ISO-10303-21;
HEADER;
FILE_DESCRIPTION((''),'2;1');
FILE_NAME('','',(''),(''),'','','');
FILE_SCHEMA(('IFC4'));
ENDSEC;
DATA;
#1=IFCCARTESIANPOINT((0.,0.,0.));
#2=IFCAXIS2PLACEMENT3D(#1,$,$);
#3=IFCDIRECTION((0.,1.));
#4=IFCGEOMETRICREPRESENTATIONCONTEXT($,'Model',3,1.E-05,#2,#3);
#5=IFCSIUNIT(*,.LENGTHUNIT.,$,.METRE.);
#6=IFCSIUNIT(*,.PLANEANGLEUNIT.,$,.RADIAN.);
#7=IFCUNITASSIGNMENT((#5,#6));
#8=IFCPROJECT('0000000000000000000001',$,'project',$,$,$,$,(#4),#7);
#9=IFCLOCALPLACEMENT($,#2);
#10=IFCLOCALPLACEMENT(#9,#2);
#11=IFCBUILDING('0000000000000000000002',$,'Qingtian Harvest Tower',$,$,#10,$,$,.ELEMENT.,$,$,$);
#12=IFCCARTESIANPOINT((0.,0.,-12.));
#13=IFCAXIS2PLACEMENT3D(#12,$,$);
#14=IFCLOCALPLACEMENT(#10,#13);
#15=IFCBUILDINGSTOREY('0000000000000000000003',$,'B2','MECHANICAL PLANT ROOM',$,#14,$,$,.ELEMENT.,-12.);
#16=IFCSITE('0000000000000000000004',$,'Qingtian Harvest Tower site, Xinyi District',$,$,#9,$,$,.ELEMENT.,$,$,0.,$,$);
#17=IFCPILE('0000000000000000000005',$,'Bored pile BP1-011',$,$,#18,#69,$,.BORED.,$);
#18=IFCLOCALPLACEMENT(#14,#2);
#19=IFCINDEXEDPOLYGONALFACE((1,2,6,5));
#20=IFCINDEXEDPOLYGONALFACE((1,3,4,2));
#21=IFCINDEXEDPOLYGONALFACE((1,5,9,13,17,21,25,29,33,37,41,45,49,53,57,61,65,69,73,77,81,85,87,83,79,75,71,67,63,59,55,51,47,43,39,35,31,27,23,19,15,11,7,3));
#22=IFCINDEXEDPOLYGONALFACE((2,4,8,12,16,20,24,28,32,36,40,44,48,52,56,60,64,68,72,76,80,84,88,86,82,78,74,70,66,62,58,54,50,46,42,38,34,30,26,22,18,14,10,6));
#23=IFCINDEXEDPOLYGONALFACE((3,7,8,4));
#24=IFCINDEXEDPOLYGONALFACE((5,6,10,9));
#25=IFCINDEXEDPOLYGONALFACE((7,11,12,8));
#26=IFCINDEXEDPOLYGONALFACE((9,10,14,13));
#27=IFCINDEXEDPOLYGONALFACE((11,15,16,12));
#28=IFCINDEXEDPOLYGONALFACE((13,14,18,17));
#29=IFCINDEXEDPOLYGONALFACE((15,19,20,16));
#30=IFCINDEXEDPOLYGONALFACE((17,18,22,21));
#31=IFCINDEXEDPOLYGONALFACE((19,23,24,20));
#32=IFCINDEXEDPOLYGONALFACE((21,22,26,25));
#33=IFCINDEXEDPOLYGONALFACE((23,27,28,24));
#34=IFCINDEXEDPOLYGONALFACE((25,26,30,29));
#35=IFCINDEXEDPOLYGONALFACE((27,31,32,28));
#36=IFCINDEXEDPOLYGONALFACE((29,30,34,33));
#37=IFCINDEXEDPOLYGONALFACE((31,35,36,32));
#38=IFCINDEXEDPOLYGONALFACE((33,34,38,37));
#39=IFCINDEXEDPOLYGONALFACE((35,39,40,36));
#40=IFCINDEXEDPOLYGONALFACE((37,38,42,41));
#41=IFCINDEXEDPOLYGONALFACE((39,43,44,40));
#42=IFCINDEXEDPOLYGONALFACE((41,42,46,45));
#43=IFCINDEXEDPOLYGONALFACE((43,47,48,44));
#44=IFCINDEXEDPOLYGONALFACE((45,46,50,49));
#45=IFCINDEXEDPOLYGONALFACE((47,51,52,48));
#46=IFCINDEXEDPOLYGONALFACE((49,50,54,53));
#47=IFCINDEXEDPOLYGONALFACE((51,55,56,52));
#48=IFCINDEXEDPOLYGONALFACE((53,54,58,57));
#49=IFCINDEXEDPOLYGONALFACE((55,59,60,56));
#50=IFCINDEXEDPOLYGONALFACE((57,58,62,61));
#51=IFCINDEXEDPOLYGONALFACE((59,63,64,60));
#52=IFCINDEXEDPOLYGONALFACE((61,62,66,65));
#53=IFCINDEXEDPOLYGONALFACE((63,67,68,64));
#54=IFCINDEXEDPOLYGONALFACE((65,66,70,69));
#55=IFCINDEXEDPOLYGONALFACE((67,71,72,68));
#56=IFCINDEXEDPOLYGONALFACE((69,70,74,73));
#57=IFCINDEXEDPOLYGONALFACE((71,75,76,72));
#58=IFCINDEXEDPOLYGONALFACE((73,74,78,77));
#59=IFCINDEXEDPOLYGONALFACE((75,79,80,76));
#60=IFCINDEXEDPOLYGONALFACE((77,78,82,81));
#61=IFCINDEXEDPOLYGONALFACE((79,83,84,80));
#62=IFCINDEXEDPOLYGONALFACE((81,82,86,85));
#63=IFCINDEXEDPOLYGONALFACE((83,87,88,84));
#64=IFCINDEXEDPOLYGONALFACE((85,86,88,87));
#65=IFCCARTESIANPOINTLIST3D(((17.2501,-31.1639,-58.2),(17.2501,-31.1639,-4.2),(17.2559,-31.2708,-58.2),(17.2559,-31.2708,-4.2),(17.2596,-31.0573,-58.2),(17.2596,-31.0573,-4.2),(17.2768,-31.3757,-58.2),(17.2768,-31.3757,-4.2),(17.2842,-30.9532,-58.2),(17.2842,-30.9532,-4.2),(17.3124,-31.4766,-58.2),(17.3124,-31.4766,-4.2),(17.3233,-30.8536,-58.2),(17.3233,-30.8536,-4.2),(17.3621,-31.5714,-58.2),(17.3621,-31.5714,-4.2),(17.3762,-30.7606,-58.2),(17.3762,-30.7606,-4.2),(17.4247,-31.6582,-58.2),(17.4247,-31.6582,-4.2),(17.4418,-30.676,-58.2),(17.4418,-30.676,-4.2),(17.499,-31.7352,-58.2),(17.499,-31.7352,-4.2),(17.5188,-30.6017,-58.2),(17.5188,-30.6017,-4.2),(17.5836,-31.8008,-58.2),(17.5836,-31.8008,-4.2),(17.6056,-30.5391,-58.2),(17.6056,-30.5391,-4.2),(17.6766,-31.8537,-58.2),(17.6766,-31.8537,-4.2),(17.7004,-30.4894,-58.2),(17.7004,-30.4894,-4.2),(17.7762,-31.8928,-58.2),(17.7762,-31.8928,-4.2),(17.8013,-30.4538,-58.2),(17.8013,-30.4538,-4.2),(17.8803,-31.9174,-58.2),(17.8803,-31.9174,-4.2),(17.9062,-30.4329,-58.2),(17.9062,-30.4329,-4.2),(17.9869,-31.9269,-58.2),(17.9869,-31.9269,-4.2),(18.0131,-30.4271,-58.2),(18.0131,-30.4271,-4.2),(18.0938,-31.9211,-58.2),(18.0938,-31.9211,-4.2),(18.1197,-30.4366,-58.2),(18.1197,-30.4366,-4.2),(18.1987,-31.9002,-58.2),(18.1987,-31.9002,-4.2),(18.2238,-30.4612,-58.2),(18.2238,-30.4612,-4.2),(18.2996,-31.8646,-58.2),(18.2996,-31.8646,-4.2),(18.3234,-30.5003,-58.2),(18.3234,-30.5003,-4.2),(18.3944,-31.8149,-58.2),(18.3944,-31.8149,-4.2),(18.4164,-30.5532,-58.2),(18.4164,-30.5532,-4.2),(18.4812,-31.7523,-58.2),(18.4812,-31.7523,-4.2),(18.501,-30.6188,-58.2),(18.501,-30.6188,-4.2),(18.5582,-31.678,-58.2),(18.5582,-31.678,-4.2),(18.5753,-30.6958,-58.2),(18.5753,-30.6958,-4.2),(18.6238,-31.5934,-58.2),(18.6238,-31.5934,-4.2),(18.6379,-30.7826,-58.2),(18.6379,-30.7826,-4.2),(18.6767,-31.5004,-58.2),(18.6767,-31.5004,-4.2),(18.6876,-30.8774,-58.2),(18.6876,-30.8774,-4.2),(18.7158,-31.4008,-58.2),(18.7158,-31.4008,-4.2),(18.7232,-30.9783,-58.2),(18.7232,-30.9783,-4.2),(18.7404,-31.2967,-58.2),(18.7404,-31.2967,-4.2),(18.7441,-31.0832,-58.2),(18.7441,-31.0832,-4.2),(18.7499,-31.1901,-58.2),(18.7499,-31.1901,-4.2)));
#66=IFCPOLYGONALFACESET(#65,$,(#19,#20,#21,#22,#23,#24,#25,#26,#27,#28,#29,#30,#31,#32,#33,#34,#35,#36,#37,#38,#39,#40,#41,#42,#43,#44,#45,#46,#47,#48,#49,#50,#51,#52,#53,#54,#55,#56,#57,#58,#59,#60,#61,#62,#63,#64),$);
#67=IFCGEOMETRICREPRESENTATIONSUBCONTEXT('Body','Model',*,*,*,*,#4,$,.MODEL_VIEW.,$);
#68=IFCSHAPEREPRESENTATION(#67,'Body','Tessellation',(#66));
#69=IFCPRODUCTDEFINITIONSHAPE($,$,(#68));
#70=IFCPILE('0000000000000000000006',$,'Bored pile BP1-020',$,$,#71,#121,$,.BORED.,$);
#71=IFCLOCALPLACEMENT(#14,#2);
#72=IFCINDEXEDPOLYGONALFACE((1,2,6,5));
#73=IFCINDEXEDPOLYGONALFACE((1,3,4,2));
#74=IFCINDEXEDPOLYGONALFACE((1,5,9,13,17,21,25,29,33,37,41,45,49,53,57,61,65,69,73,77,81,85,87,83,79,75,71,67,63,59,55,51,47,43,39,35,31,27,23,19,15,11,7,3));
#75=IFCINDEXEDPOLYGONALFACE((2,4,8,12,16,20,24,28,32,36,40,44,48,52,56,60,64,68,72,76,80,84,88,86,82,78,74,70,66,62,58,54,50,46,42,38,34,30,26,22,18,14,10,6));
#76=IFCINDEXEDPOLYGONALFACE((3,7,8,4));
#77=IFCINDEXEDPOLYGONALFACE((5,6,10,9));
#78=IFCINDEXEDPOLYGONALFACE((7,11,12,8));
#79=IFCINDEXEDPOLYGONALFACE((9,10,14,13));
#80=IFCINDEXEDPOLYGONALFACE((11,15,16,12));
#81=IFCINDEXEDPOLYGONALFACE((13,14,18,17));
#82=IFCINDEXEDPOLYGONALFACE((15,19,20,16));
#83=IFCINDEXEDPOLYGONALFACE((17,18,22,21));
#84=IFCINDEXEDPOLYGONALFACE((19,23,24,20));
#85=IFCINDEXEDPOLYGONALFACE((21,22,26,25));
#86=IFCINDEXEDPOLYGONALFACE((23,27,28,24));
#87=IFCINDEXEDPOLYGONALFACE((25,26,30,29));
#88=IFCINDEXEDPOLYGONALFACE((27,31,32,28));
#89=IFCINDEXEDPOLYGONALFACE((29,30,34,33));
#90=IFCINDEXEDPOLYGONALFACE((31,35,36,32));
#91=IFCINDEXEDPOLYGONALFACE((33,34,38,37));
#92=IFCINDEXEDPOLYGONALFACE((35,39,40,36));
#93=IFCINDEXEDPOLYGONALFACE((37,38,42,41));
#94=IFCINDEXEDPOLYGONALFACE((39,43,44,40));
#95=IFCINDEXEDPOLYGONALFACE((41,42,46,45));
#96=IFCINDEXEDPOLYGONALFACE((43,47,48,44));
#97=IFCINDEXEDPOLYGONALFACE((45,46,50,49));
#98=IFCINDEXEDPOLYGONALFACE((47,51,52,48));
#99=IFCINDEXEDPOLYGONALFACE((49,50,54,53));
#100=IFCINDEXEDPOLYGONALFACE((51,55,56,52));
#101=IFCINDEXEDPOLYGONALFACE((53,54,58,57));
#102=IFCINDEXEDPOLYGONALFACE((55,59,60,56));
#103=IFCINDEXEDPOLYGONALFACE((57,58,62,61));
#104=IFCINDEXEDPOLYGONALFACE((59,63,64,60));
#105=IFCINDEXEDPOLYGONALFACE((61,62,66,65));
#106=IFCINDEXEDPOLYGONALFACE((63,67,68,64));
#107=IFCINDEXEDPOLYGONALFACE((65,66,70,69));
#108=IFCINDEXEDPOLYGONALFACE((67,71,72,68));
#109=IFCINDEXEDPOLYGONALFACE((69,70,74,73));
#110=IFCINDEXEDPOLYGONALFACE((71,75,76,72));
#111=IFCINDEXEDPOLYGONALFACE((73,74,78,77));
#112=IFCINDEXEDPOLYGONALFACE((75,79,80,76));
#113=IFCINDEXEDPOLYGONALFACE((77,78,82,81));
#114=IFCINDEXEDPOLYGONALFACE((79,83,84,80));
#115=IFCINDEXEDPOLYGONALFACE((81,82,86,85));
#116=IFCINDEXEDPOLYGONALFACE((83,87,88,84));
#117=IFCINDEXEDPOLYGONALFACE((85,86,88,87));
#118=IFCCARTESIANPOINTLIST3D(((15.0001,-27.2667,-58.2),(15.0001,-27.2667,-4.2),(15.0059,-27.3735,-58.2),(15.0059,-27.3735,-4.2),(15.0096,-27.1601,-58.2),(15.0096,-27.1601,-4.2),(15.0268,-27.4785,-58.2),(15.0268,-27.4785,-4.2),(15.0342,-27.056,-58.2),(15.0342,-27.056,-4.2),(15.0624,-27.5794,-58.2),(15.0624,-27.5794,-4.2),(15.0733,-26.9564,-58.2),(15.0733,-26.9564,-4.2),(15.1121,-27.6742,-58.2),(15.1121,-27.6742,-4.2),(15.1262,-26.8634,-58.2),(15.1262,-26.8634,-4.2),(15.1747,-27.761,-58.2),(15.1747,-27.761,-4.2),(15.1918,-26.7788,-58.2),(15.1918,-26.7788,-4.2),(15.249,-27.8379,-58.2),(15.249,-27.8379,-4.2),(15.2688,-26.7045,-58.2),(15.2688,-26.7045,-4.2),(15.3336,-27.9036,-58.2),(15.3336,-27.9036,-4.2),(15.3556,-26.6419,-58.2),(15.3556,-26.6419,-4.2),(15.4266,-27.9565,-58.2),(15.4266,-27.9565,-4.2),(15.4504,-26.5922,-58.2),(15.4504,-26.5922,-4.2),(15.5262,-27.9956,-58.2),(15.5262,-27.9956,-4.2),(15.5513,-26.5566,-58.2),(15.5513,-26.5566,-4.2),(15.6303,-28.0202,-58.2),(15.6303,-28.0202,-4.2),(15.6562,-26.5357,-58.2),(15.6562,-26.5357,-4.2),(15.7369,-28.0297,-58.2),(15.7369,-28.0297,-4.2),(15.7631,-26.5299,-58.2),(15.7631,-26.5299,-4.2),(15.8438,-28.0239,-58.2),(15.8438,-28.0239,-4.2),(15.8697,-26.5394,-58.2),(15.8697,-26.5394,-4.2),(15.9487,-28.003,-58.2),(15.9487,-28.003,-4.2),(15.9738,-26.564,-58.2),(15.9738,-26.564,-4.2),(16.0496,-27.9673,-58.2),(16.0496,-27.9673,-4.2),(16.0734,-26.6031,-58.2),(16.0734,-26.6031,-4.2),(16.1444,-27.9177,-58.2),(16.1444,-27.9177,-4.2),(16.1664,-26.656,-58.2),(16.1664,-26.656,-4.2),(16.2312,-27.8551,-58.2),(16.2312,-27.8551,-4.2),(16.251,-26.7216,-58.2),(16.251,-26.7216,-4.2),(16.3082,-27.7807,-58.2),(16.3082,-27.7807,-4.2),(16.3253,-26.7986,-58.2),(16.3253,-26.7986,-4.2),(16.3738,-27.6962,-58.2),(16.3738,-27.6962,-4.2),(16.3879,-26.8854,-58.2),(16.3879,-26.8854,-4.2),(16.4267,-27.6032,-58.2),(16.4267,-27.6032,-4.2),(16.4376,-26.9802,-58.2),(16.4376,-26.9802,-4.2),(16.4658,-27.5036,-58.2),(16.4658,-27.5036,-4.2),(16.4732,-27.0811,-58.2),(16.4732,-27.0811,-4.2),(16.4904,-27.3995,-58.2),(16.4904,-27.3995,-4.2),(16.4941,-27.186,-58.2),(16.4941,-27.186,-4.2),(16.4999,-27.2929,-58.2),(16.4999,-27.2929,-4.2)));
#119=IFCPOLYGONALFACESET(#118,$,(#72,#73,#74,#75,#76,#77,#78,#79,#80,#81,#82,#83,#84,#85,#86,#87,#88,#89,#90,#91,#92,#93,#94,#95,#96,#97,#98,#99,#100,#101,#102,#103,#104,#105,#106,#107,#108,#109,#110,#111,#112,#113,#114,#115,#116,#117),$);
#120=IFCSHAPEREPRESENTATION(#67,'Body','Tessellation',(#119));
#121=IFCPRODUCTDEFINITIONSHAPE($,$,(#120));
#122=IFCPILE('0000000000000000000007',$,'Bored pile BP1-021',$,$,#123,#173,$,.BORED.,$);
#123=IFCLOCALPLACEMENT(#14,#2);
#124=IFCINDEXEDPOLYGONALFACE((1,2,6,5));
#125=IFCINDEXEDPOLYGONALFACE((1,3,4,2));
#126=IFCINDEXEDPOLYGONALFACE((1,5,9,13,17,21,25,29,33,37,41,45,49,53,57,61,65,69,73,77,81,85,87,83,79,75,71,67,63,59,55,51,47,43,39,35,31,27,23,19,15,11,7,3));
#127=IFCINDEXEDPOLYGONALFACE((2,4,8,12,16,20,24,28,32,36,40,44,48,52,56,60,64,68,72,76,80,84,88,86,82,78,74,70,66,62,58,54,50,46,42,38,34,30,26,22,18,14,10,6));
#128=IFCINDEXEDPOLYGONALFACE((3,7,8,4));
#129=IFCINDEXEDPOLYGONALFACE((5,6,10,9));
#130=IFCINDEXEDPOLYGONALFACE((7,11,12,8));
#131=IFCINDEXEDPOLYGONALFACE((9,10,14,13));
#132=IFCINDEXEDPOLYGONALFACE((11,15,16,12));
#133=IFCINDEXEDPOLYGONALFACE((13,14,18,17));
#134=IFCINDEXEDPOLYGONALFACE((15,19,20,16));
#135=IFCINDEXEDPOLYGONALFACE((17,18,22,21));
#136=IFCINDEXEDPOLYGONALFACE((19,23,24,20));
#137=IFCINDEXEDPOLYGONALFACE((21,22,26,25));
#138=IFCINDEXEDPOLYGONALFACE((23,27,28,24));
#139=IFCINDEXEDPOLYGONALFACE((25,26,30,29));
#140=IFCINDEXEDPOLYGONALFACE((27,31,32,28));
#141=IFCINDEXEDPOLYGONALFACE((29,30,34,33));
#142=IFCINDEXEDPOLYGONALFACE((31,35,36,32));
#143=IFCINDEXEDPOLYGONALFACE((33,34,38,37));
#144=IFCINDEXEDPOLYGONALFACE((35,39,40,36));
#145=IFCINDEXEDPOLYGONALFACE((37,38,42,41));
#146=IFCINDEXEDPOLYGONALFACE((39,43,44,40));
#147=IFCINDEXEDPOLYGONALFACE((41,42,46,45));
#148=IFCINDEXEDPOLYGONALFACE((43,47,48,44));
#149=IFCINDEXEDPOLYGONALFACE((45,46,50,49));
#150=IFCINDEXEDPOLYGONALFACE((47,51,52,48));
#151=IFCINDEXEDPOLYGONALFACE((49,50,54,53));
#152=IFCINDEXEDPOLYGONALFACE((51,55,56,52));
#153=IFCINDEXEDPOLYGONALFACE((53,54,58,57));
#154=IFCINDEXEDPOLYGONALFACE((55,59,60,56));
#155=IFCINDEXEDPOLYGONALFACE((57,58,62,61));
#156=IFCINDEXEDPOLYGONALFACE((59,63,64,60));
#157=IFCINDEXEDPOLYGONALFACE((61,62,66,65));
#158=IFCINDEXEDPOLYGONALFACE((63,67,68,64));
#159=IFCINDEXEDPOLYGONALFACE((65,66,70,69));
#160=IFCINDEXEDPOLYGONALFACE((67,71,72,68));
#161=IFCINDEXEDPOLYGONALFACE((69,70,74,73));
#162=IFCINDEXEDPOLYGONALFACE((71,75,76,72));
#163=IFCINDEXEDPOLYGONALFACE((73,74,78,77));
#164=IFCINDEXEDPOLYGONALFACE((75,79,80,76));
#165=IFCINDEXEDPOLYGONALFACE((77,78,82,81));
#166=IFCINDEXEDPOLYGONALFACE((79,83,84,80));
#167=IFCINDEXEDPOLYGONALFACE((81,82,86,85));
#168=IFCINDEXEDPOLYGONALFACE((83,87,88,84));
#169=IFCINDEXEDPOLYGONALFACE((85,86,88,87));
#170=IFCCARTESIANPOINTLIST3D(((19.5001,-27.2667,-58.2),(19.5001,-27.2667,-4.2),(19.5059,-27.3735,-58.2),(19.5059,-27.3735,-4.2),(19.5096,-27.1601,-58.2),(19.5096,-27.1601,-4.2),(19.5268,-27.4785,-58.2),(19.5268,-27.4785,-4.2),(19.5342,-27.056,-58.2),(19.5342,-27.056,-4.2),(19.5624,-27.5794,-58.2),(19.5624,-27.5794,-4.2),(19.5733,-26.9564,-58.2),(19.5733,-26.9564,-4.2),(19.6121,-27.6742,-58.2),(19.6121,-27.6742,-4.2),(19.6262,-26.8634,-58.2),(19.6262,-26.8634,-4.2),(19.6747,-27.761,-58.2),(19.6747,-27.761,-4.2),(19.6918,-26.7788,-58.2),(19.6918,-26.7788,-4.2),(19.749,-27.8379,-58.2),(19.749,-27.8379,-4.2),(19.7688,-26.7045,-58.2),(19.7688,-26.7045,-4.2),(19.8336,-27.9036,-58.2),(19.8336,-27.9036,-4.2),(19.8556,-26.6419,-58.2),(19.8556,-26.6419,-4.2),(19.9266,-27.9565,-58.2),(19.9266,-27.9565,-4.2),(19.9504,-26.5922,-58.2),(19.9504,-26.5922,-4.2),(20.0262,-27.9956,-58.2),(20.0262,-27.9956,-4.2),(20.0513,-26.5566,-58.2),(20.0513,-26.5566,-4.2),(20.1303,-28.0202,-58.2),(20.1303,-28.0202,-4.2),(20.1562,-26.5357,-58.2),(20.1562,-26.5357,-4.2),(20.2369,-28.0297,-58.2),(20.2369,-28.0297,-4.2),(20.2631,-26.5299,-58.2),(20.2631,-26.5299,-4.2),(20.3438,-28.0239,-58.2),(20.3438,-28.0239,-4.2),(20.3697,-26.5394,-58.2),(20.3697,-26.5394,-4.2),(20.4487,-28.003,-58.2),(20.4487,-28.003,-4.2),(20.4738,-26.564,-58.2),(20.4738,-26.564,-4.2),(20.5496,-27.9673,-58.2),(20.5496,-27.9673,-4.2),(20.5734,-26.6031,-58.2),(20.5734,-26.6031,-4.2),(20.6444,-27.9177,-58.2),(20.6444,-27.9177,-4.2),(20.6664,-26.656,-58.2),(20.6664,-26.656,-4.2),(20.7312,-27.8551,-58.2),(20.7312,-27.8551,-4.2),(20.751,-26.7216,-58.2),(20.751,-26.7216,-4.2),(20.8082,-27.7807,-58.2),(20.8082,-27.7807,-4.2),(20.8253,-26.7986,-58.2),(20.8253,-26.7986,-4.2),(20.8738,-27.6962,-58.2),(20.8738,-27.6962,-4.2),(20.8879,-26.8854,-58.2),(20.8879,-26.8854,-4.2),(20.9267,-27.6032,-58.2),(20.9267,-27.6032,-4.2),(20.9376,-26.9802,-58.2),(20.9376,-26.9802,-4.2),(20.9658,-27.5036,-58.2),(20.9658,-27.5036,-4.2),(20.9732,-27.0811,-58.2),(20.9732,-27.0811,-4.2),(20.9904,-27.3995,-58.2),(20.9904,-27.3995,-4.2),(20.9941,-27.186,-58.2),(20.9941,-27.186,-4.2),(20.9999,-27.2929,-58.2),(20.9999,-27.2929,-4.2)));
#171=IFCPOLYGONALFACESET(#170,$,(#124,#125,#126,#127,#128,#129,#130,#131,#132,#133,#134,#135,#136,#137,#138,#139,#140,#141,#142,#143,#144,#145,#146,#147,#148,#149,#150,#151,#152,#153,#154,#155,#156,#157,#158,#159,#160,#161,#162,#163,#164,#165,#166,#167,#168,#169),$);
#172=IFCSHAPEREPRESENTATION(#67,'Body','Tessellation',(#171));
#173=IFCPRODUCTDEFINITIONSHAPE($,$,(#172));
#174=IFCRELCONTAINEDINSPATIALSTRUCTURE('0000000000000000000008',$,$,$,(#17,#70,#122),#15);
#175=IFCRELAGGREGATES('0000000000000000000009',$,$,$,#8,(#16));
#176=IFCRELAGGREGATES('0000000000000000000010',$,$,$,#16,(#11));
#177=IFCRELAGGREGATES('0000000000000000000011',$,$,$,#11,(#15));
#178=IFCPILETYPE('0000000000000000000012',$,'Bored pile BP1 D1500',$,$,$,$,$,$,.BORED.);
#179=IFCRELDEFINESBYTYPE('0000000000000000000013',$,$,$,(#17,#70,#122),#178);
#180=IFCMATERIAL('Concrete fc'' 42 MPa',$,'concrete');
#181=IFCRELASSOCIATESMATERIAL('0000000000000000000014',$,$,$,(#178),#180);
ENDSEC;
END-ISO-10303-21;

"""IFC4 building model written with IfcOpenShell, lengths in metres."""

from ifc_helpers import new_model, si_unit, direction, frame, frame_2d, origin, place, context, subcontext, project, spatial, circle, extrude, material, material_profile, profile_set, type_object, element, save


model = new_model("IFC4")

# Units and contexts
model_context = context("Model", 3, precision=1e-05, world=origin(), true_north=direction((0.0, 1.0)))
body_context = subcontext(model_context, "Body", "Model", "MODEL_VIEW")
ifc_project = project(units=[si_unit("LENGTHUNIT", "METRE"), si_unit("PLANEANGLEUNIT", "RADIAN")], contexts=[model_context])

# Site, building, storey
site_placement = place(None, origin())
site = spatial("IfcSite", under=ifc_project, at=site_placement, Name="Qingtian Harvest Tower site, Xinyi District", CompositionType="ELEMENT", RefElevation=0.0)
building_placement = place(site_placement, origin())
building = spatial("IfcBuilding", under=site, at=building_placement, Name="Qingtian Harvest Tower", CompositionType="ELEMENT")
storey_placement = place(building_placement, frame((0.0, 0.0, -12.0)))
storey = spatial("IfcBuildingStorey", under=building, at=storey_placement, Name="B2", Description="MECHANICAL PLANT ROOM", CompositionType="ELEMENT", Elevation=-12.0)

# Piles
ifc_material_1 = material(Name="Concrete fc' 42 MPa", Category="concrete")
ifc_material_profile_1 = material_profile(ifc_material_1, circle(Radius=0.75, at=frame_2d((0.0, 0.0), x_axis=(0.999848, 0.017452))), Name="Bored pile BP1 D1500")
ifc_profile_set_1 = profile_set([ifc_material_profile_1], Name="Concrete fc' 42 MPa")
pile_type = type_object("IfcPileType", Name="Bored pile BP1 D1500", PredefinedType="BORED", material=ifc_profile_set_1)
for number, where, z_axis, x_axis, name in (
    (1, (18.0, -31.177, -4.2), (0.0, 0.0, -1.0), (1.0, 0.0, 0.0), "Bored pile BP1-011"),
    (2, (15.75, -27.2798, -4.2), (0.0, 0.0, -1.0), (1.0, 0.0, 0.0), "Bored pile BP1-020"),
    (3, (20.25, -27.2798, -4.2), (0.0, 0.0, -1.0), (1.0, 0.0, 0.0), "Bored pile BP1-021"),
):
    element("IfcPile", number, at=place(storey_placement, frame(where, z_axis=z_axis, x_axis=x_axis)), inside=storey, type_object=pile_type, Name=name, PredefinedType="BORED", context=body_context, shape_type="SweptSolid", body=[
        extrude(circle(Radius=0.75, at=frame_2d((0.0, 0.0), x_axis=(0.999848, 0.017452))), origin(), (0.0, 0.0, 1.0), 54.0),
    ])

save(model, "model.ifc")
